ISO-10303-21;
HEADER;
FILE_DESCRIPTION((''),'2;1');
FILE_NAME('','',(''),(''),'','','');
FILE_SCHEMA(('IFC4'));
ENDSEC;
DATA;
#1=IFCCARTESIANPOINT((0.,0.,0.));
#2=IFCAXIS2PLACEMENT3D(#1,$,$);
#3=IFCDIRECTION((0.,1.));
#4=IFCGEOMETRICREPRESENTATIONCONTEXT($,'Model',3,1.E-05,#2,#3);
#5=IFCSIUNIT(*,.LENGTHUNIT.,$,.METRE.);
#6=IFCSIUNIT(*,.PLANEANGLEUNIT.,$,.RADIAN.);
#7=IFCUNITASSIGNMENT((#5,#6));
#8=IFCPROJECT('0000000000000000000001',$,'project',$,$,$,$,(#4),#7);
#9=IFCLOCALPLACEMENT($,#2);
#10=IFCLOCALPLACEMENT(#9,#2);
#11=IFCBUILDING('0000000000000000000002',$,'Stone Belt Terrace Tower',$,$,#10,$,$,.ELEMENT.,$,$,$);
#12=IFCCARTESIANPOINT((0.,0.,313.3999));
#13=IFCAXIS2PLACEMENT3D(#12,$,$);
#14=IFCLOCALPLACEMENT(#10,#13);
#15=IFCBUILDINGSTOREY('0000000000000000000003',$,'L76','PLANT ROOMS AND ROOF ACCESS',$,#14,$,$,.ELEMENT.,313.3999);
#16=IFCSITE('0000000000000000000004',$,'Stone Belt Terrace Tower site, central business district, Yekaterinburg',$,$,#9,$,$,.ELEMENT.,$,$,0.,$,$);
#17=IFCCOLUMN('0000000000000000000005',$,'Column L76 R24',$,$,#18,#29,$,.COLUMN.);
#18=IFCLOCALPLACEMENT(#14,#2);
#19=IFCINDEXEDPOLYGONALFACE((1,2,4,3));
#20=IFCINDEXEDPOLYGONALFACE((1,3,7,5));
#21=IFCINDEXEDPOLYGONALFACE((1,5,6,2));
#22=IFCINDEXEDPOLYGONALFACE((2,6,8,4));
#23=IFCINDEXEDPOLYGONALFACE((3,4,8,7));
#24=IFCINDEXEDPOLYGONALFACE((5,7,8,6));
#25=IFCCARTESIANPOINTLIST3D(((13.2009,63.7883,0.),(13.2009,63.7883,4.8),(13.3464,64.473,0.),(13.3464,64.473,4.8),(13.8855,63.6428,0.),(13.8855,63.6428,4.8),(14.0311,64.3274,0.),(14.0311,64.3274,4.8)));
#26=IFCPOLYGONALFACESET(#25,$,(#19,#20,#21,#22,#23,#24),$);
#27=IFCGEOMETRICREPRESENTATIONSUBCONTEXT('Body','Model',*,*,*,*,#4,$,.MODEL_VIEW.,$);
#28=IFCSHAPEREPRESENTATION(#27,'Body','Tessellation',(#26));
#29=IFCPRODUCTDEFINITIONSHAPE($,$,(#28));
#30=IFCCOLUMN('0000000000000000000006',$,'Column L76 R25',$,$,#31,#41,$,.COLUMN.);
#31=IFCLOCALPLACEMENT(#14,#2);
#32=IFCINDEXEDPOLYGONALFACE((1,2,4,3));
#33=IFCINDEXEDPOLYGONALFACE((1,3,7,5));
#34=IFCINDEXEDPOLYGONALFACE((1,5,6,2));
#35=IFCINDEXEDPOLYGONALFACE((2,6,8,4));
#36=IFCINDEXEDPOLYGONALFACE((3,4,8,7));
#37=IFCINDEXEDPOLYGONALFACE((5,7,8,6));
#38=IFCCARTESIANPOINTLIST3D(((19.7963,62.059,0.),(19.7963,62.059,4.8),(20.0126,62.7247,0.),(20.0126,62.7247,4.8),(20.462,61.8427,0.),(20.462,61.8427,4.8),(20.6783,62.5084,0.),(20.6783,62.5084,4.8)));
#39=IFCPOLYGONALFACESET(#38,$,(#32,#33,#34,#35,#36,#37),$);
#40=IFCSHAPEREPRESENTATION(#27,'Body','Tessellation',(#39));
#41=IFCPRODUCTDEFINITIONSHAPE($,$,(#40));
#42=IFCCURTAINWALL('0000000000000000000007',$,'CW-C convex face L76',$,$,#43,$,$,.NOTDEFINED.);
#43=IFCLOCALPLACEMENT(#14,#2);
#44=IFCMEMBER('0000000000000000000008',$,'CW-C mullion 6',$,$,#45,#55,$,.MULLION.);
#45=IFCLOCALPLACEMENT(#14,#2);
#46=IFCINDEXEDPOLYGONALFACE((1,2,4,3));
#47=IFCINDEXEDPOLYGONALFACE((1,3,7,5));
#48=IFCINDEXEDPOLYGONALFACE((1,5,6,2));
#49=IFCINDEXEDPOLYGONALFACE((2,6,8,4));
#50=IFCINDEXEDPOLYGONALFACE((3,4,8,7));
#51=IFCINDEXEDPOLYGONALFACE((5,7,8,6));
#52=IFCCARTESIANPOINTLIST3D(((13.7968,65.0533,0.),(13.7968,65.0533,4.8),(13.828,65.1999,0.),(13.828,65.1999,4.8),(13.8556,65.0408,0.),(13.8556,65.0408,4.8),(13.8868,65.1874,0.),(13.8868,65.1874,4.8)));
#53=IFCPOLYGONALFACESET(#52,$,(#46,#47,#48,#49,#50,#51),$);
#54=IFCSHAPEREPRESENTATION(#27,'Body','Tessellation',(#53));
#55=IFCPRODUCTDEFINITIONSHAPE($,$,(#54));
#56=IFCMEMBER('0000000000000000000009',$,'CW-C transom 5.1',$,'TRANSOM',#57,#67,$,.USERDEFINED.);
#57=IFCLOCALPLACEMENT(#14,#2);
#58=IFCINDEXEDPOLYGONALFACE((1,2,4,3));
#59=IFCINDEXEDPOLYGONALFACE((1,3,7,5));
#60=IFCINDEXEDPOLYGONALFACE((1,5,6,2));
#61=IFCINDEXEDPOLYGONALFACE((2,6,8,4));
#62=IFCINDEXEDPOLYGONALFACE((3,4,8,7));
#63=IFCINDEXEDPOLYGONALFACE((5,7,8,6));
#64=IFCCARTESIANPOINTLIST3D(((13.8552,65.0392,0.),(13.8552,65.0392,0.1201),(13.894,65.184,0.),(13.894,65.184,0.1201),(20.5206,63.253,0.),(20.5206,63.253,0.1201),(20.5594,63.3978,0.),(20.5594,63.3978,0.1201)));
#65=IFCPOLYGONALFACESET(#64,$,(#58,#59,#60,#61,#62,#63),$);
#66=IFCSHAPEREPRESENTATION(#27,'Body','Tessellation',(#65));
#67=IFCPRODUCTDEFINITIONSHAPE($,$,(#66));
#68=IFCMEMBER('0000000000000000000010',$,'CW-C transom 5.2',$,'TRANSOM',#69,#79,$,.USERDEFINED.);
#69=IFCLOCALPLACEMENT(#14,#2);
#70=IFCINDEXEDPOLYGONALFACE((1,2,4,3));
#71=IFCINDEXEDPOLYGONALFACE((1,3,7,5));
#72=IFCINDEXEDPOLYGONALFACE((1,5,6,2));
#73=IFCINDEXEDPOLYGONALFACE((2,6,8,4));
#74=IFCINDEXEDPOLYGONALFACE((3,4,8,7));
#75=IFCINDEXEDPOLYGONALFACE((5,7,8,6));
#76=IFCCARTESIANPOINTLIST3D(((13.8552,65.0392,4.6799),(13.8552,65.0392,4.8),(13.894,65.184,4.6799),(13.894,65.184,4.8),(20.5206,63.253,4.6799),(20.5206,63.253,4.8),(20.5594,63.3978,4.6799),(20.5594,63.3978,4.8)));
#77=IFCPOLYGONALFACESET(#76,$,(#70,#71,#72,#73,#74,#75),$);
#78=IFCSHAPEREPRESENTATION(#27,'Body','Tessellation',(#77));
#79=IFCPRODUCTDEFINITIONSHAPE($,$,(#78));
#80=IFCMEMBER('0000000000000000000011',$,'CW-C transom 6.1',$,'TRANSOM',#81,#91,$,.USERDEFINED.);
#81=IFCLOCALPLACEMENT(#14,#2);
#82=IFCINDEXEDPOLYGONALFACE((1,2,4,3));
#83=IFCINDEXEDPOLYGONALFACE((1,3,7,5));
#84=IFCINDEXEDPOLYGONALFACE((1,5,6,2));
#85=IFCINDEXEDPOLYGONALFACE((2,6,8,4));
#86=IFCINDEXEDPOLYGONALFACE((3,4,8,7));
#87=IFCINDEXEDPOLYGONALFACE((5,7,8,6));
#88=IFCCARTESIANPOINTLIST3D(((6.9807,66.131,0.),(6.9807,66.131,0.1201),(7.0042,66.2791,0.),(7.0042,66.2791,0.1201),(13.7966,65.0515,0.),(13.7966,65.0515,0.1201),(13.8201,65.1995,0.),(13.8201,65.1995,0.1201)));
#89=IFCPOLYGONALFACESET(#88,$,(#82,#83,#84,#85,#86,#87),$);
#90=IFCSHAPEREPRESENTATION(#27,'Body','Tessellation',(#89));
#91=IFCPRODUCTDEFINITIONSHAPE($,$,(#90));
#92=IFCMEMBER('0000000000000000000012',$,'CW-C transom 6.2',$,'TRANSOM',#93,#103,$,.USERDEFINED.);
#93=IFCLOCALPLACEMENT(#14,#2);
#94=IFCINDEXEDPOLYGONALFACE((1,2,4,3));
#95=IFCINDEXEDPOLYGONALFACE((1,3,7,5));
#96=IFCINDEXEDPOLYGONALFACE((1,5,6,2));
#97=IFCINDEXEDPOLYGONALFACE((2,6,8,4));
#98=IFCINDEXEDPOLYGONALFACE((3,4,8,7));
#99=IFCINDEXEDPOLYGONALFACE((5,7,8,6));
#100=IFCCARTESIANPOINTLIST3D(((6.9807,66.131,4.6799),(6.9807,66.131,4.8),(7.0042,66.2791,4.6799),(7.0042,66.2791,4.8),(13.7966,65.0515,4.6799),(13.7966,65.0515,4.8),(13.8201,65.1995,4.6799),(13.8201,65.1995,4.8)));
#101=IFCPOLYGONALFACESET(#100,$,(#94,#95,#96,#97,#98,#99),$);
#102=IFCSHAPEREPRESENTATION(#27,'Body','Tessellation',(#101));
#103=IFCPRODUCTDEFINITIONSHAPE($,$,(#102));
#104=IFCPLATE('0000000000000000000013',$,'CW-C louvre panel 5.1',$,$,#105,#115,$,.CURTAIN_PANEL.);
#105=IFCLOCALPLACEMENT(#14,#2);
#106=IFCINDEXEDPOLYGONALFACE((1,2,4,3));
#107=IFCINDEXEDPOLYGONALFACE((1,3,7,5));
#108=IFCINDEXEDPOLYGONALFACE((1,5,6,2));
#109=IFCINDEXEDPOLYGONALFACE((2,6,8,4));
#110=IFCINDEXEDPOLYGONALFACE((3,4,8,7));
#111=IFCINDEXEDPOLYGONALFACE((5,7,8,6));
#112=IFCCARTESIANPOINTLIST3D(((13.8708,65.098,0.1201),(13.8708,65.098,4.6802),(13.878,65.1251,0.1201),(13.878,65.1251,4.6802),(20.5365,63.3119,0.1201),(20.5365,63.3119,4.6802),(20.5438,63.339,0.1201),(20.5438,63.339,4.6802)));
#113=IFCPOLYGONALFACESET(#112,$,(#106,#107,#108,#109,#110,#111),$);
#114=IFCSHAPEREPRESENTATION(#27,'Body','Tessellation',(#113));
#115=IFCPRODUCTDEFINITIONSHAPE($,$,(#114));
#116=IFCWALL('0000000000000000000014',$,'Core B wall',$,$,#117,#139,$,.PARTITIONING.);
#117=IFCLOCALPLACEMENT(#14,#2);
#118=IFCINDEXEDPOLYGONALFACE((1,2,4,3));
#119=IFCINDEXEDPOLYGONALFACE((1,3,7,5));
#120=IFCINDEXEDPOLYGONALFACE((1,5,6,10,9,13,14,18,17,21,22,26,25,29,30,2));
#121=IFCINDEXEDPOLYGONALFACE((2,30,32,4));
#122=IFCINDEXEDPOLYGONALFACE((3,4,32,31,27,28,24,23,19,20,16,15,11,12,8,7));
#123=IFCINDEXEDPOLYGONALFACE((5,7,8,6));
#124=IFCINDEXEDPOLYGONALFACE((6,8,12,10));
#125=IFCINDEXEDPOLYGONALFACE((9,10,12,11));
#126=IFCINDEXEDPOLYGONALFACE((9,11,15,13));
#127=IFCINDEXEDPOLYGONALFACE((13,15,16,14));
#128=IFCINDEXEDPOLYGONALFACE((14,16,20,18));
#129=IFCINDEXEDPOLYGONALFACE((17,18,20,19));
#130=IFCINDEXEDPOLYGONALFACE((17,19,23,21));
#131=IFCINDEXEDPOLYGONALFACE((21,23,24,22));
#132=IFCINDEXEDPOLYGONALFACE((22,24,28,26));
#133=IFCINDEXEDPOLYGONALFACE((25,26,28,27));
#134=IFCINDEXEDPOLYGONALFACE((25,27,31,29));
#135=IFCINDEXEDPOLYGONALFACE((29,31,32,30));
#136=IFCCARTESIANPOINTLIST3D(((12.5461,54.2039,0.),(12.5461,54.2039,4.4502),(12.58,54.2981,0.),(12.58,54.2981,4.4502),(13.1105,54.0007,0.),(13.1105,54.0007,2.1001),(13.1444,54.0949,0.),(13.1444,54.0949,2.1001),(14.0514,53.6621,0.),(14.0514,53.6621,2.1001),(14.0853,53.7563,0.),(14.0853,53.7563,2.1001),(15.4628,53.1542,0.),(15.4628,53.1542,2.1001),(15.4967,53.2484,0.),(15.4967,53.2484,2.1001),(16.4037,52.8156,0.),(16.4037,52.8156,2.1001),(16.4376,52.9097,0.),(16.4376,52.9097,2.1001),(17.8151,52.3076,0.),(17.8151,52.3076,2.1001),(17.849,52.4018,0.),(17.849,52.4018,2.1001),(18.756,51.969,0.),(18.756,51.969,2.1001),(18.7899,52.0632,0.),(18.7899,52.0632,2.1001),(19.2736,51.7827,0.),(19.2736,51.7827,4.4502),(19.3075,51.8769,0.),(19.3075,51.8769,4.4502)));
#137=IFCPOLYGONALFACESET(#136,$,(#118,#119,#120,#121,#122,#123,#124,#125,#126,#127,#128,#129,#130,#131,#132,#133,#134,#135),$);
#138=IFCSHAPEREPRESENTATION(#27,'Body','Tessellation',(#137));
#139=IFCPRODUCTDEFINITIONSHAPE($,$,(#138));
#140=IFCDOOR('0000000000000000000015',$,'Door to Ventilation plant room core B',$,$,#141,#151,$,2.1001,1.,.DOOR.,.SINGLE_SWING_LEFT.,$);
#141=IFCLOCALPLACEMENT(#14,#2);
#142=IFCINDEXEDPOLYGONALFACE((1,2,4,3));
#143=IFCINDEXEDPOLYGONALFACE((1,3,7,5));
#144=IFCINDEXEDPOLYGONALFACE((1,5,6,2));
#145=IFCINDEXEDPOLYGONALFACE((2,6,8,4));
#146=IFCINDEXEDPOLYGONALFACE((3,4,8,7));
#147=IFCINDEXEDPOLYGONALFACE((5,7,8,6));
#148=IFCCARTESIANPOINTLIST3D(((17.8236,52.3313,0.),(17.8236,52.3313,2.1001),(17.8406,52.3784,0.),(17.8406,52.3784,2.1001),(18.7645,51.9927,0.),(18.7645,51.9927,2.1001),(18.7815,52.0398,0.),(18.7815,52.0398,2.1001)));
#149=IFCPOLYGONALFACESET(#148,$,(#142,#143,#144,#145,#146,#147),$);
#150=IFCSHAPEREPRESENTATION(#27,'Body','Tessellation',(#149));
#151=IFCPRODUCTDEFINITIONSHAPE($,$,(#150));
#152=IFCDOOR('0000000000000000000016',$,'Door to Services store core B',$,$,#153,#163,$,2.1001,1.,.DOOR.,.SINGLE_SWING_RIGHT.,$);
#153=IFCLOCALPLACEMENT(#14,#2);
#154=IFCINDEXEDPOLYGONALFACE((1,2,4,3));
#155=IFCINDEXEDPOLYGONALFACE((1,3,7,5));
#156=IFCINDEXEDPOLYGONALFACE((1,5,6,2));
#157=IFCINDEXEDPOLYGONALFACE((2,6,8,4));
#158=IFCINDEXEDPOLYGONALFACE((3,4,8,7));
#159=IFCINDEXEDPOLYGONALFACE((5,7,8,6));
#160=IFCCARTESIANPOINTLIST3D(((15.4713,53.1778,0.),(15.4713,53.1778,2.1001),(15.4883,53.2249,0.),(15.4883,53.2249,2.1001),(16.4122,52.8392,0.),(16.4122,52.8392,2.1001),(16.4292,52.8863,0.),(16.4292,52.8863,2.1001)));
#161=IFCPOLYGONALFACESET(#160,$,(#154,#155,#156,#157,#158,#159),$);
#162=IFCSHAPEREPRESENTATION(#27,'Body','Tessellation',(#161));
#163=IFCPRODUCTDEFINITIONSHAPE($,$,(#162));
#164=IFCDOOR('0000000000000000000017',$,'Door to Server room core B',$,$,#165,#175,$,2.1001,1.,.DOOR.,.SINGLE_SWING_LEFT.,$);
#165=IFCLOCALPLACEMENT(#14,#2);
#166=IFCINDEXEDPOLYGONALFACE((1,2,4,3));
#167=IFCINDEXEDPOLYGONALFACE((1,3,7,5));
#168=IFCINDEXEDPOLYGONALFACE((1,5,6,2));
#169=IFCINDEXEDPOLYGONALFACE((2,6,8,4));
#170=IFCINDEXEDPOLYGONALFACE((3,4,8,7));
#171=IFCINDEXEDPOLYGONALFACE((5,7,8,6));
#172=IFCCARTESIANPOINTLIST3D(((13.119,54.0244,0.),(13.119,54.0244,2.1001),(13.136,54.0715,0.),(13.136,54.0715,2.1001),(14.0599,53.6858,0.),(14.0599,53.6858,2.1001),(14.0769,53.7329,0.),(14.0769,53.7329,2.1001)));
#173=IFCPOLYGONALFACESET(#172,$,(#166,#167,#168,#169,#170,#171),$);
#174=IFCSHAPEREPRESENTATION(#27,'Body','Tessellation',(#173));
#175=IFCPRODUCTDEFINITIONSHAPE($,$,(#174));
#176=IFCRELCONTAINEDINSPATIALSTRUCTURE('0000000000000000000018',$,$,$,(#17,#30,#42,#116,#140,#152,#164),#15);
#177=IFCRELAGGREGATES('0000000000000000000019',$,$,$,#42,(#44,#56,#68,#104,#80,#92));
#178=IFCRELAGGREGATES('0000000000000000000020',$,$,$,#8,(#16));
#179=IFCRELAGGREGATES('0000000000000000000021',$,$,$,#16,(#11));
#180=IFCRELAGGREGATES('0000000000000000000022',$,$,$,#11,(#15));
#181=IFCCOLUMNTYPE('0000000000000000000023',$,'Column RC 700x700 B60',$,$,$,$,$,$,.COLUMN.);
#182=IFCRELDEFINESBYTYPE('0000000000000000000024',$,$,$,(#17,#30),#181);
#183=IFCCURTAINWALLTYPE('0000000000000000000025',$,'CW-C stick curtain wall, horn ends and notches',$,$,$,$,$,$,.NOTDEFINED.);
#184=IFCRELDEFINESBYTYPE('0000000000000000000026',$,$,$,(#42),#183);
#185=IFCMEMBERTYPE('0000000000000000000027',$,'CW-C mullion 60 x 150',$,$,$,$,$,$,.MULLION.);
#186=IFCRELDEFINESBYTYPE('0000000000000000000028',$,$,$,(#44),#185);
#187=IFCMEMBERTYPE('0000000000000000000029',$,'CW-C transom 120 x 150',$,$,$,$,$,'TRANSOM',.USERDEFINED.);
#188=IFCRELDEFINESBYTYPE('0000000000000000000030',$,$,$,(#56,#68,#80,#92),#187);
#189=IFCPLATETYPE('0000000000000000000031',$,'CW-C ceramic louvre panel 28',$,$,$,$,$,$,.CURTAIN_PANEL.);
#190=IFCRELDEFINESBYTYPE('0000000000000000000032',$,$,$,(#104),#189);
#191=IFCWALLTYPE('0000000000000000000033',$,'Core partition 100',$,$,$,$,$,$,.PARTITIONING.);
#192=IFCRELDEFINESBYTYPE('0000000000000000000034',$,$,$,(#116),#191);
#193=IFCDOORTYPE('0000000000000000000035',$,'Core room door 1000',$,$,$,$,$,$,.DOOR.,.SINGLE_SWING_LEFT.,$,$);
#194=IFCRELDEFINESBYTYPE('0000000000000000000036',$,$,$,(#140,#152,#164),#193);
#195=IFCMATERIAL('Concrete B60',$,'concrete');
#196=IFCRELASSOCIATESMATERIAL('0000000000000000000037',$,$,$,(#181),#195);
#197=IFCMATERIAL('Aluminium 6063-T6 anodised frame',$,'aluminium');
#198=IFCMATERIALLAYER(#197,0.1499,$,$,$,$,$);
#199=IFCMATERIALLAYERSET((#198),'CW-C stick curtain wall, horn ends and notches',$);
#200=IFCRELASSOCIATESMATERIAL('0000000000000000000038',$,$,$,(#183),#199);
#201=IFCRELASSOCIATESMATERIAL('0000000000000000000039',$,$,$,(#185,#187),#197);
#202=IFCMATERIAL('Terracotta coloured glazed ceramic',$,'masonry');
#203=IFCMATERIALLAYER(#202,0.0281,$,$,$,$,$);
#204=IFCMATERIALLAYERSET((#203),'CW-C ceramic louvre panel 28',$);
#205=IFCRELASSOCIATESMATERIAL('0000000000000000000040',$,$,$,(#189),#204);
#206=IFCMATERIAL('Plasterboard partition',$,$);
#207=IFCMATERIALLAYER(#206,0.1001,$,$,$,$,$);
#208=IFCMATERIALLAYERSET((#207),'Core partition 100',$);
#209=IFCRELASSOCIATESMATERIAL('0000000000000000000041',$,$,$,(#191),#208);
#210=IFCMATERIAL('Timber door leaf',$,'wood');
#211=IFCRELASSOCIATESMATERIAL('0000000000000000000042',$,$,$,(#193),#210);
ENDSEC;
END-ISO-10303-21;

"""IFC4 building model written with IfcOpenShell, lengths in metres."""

from ifc_helpers import new_model, si_unit, direction, frame, frame_2d, origin, origin_2d, place, context, subcontext, project, spatial, rectangle, extrude, material, layer, layer_set, material_profile, profile_set, type_object, element, fill, aggregate, save


model = new_model("IFC4")

# Units and contexts
model_context = context("Model", 3, precision=1e-05, world=origin(), true_north=direction((0.0, 1.0)))
body_context = subcontext(model_context, "Body", "Model", "MODEL_VIEW")
ifc_project = project(units=[si_unit("LENGTHUNIT", "METRE"), si_unit("PLANEANGLEUNIT", "RADIAN")], contexts=[model_context])

# Site, building, storey
site_placement = place(None, origin())
site = spatial("IfcSite", under=ifc_project, at=site_placement, Name="Stone Belt Terrace Tower site, central business district, Yekaterinburg", CompositionType="ELEMENT", RefElevation=0.0)
building_placement = place(site_placement, origin())
building = spatial("IfcBuilding", under=site, at=building_placement, Name="Stone Belt Terrace Tower", CompositionType="ELEMENT")
storey_placement = place(building_placement, frame((0.0, 0.0, 313.3999)))
storey = spatial("IfcBuildingStorey", under=building, at=storey_placement, Name="L76", Description="PLANT ROOMS AND ROOF ACCESS", CompositionType="ELEMENT", Elevation=313.3999)

# Columns
ifc_material_1 = material(Name="Concrete B60", Category="concrete")
ifc_material_profile_1 = material_profile(ifc_material_1, rectangle(XDim=0.7, YDim=0.7, at=origin_2d()), Name="RC 700x700")
ifc_profile_set_1 = profile_set([ifc_material_profile_1], Name="Concrete B60")
column_type = type_object("IfcColumnType", Name="Column RC 700x700 B60", PredefinedType="COLUMN", material=ifc_profile_set_1)
for number, where, z_axis, x_axis, name in (
    (1, (13.616, 64.0579, 0.0), (0.0, 0.0, 1.0), (0.978148, -0.207912, 0.0), "Column L76 R24"),
    (2, (20.2373, 62.2837, 0.0), (0.0, 0.0, 1.0), (0.951057, -0.309017, 0.0), "Column L76 R25"),
):
    element("IfcColumn", number, at=place(storey_placement, frame(where, z_axis=z_axis, x_axis=x_axis)), inside=storey, type_object=column_type, Name=name, PredefinedType="COLUMN", context=body_context, shape_type="SweptSolid", body=[
        extrude(rectangle(XDim=0.7, YDim=0.7, at=origin_2d()), origin(), (0.0, 0.0, 1.0), 4.8),
    ])

# Curtain wall, members, plate
ifc_material_2 = material(Name="Aluminium 6063-T6 anodised frame", Category="aluminium")
ifc_layer_1 = layer(ifc_material_2, 0.1499)
ifc_layer_set_1 = layer_set([ifc_layer_1], Name="CW-C stick curtain wall, horn ends and notches")
curtain_wall_type = type_object("IfcCurtainWallType", Name="CW-C stick curtain wall, horn ends and notches", PredefinedType="NOTDEFINED", material=ifc_layer_set_1)
curtain_wall_placement = place(storey_placement, origin())
curtain_wall = element("IfcCurtainWall", 3, at=curtain_wall_placement, inside=storey, type_object=curtain_wall_type, Name="CW-C convex face L76", PredefinedType="NOTDEFINED")
ifc_material_profile_2 = material_profile(ifc_material_2, rectangle(XDim=0.1499, YDim=0.0601, at=origin_2d()), Name="Aluminium 6063-T6 60x150")
ifc_profile_set_2 = profile_set([ifc_material_profile_2], Name="Aluminium 6063-T6 anodised frame")
member_type_1 = type_object("IfcMemberType", Name="CW-C mullion 60 x 150", PredefinedType="MULLION", material=ifc_profile_set_2)
member_1_placement = place(storey_placement, frame((13.8418, 65.1204, 0.0), z_axis=(0.0, 0.0, 1.0), x_axis=(-0.207912, -0.978148, 0.0)))
member_1 = element("IfcMember", 4, at=member_1_placement, type_object=member_type_1, Name="CW-C mullion 6", PredefinedType="MULLION", context=body_context, shape_type="SweptSolid", body=[
    extrude(rectangle(XDim=0.1499, YDim=0.0601, at=origin_2d()), origin(), (0.0, 0.0, 1.0), 4.8),
])
ifc_material_profile_3 = material_profile(ifc_material_2, rectangle(XDim=0.1499, YDim=0.1201, at=origin_2d()), Name="Aluminium 6063-T6 150x120")
ifc_profile_set_3 = profile_set([ifc_material_profile_3], Name="Aluminium 6063-T6 anodised frame")
member_type_2 = type_object("IfcMemberType", Name="CW-C transom 120 x 150", ElementType="TRANSOM", PredefinedType="USERDEFINED", material=ifc_profile_set_3)
member_2_placement = place(storey_placement, frame((20.54, 63.3254, 0.0601), z_axis=(-0.965922, 0.258834, 0.0), x_axis=(-0.258834, -0.965922, 0.0)))
member_2 = element("IfcMember", 5, at=member_2_placement, type_object=member_type_2, Name="CW-C transom 5.1", ObjectType="TRANSOM", PredefinedType="USERDEFINED", context=body_context, shape_type="SweptSolid", body=[
    extrude(rectangle(XDim=0.1499, YDim=0.1201, at=origin_2d()), origin(), (0.0, 0.0, 1.0), 6.9006),
])
member_3_placement = place(storey_placement, frame((20.54, 63.3254, 4.74), z_axis=(-0.965922, 0.258834, 0.0), x_axis=(-0.258834, -0.965922, 0.0)))
member_3 = element("IfcMember", 6, at=member_3_placement, type_object=member_type_2, Name="CW-C transom 5.2", ObjectType="TRANSOM", PredefinedType="USERDEFINED", context=body_context, shape_type="SweptSolid", body=[
    extrude(rectangle(XDim=0.1499, YDim=0.1201, at=origin_2d()), origin(), (0.0, 0.0, 1.0), 6.9006),
])
member_4_placement = place(storey_placement, frame((13.8083, 65.1255, 0.0601), z_axis=(-0.987687, 0.156442, 0.0), x_axis=(-0.156442, -0.987687, 0.0)))
member_4 = element("IfcMember", 7, at=member_4_placement, type_object=member_type_2, Name="CW-C transom 6.1", ObjectType="TRANSOM", PredefinedType="USERDEFINED", context=body_context, shape_type="SweptSolid", body=[
    extrude(rectangle(XDim=0.1499, YDim=0.1201, at=origin_2d()), origin(), (0.0, 0.0, 1.0), 6.9009),
])
member_5_placement = place(storey_placement, frame((13.8083, 65.1255, 4.74), z_axis=(-0.987687, 0.156442, 0.0), x_axis=(-0.156442, -0.987687, 0.0)))
member_5 = element("IfcMember", 8, at=member_5_placement, type_object=member_type_2, Name="CW-C transom 6.2", ObjectType="TRANSOM", PredefinedType="USERDEFINED", context=body_context, shape_type="SweptSolid", body=[
    extrude(rectangle(XDim=0.1499, YDim=0.1201, at=origin_2d()), origin(), (0.0, 0.0, 1.0), 6.9009),
])
ifc_material_3 = material(Name="Terracotta coloured glazed ceramic", Category="masonry")
ifc_layer_2 = layer(ifc_material_3, 0.0281)
ifc_layer_set_2 = layer_set([ifc_layer_2], Name="CW-C ceramic louvre panel 28")
plate_type = type_object("IfcPlateType", Name="CW-C ceramic louvre panel 28", PredefinedType="CURTAIN_PANEL", material=ifc_layer_set_2)
plate_placement = place(storey_placement, frame((17.2073, 64.2185, 0.1201), z_axis=(0.0, 0.0, 1.0), x_axis=(-0.965926, 0.258819, 0.0)))
plate = element("IfcPlate", 9, at=plate_placement, type_object=plate_type, Name="CW-C louvre panel 5.1", PredefinedType="CURTAIN_PANEL", context=body_context, shape_type="SweptSolid", body=[
    extrude(rectangle(XDim=6.9009, YDim=0.0281, at=origin_2d()), origin(), (0.0, 0.0, 1.0), 4.5601),
])
aggregate(curtain_wall, [member_1, member_2, member_3, plate, member_4, member_5])

# Wall, openings, doors
ifc_material_4 = material(Name="Plasterboard partition")
ifc_layer_3 = layer(ifc_material_4, 0.1001)
ifc_layer_set_3 = layer_set([ifc_layer_3], Name="Core partition 100")
wall_type_1 = type_object("IfcWallType", Name="Core partition 100", PredefinedType="PARTITIONING", material=ifc_layer_set_3)
wall_1_placement = place(storey_placement, frame((19.2905, 51.8298, 0.0), z_axis=(0.0, 0.0, 1.0), x_axis=(-0.940922, 0.338624, 0.0)))
wall_1 = element("IfcWall", 10, at=wall_1_placement, inside=storey, type_object=wall_type_1, Name="Core B wall", PredefinedType="PARTITIONING", context=body_context, shape_type="SweptSolid", body=[
    extrude(rectangle(XDim=7.1499, YDim=0.1001, at=frame_2d((3.575, 0.0))), origin(), (0.0, 0.0, 1.0), 4.4502),
])
opening_1_placement = place(wall_1_placement, frame((0.55, 0.0, 0.0)))
opening_1 = element("IfcOpeningElement", 11, at=opening_1_placement, cuts=wall_1, PredefinedType="OPENING", context=body_context, shape_type="SweptSolid", body=[
    extrude(rectangle(XDim=1.0, YDim=2.1001, at=frame_2d((0.5, 1.05))), frame((0.0, 0.0601, 0.0), z_axis=(0.0, -1.0, 0.0), x_axis=(1.0, 0.0, 0.0)), (0.0, 0.0, 1.0), 0.1201),
])
opening_2_placement = place(wall_1_placement, frame((3.05, 0.0, 0.0)))
opening_2 = element("IfcOpeningElement", 12, at=opening_2_placement, cuts=wall_1, PredefinedType="OPENING", context=body_context, shape_type="SweptSolid", body=[
    extrude(rectangle(XDim=1.0, YDim=2.1001, at=frame_2d((0.5, 1.05))), frame((0.0, 0.0601, 0.0), z_axis=(0.0, -1.0, 0.0), x_axis=(1.0, 0.0, 0.0)), (0.0, 0.0, 1.0), 0.1201),
])
opening_3_placement = place(wall_1_placement, frame((5.55, 0.0, 0.0)))
opening_3 = element("IfcOpeningElement", 13, at=opening_3_placement, cuts=wall_1, PredefinedType="OPENING", context=body_context, shape_type="SweptSolid", body=[
    extrude(rectangle(XDim=1.0, YDim=2.1001, at=frame_2d((0.5, 1.05))), frame((0.0, 0.0601, 0.0), z_axis=(0.0, -1.0, 0.0), x_axis=(1.0, 0.0, 0.0)), (0.0, 0.0, 1.0), 0.1201),
])
ifc_material_5 = material(Name="Timber door leaf", Category="wood")
door_type_1 = type_object("IfcDoorType", Name="Core room door 1000", OperationType="SINGLE_SWING_LEFT", PredefinedType="DOOR", material=ifc_material_5)
door_1_placement = place(opening_1_placement, origin())
door_1 = element("IfcDoor", 14, at=door_1_placement, inside=storey, type_object=door_type_1, Name="Door to Ventilation plant room core B", OperationType="SINGLE_SWING_LEFT", OverallHeight=2.1001, OverallWidth=1.0, PredefinedType="DOOR", context=body_context, shape_type="SweptSolid", body=[
    extrude(rectangle(XDim=1.0, YDim=2.1001, at=frame_2d((0.5, 1.05))), frame((0.0, 0.0249, 0.0), z_axis=(0.0, -1.0, 0.0), x_axis=(1.0, 0.0, 0.0)), (0.0, 0.0, 1.0), 0.05),
])
fill(opening_1, door_1)
door_2_placement = place(opening_2_placement, origin())
door_2 = element("IfcDoor", 15, at=door_2_placement, inside=storey, type_object=door_type_1, Name="Door to Services store core B", OperationType="SINGLE_SWING_RIGHT", OverallHeight=2.1001, OverallWidth=1.0, PredefinedType="DOOR", context=body_context, shape_type="SweptSolid", body=[
    extrude(rectangle(XDim=1.0, YDim=2.1001, at=frame_2d((0.5, 1.05))), frame((0.0, 0.0249, 0.0), z_axis=(0.0, -1.0, 0.0), x_axis=(1.0, 0.0, 0.0)), (0.0, 0.0, 1.0), 0.05),
])
fill(opening_2, door_2)
door_3_placement = place(opening_3_placement, origin())
door_3 = element("IfcDoor", 16, at=door_3_placement, inside=storey, type_object=door_type_1, Name="Door to Server room core B", OperationType="SINGLE_SWING_LEFT", OverallHeight=2.1001, OverallWidth=1.0, PredefinedType="DOOR", context=body_context, shape_type="SweptSolid", body=[
    extrude(rectangle(XDim=1.0, YDim=2.1001, at=frame_2d((0.5, 1.05))), frame((0.0, 0.0249, 0.0), z_axis=(0.0, -1.0, 0.0), x_axis=(1.0, 0.0, 0.0)), (0.0, 0.0, 1.0), 0.05),
])
fill(opening_3, door_3)

save(model, "model.ifc")
